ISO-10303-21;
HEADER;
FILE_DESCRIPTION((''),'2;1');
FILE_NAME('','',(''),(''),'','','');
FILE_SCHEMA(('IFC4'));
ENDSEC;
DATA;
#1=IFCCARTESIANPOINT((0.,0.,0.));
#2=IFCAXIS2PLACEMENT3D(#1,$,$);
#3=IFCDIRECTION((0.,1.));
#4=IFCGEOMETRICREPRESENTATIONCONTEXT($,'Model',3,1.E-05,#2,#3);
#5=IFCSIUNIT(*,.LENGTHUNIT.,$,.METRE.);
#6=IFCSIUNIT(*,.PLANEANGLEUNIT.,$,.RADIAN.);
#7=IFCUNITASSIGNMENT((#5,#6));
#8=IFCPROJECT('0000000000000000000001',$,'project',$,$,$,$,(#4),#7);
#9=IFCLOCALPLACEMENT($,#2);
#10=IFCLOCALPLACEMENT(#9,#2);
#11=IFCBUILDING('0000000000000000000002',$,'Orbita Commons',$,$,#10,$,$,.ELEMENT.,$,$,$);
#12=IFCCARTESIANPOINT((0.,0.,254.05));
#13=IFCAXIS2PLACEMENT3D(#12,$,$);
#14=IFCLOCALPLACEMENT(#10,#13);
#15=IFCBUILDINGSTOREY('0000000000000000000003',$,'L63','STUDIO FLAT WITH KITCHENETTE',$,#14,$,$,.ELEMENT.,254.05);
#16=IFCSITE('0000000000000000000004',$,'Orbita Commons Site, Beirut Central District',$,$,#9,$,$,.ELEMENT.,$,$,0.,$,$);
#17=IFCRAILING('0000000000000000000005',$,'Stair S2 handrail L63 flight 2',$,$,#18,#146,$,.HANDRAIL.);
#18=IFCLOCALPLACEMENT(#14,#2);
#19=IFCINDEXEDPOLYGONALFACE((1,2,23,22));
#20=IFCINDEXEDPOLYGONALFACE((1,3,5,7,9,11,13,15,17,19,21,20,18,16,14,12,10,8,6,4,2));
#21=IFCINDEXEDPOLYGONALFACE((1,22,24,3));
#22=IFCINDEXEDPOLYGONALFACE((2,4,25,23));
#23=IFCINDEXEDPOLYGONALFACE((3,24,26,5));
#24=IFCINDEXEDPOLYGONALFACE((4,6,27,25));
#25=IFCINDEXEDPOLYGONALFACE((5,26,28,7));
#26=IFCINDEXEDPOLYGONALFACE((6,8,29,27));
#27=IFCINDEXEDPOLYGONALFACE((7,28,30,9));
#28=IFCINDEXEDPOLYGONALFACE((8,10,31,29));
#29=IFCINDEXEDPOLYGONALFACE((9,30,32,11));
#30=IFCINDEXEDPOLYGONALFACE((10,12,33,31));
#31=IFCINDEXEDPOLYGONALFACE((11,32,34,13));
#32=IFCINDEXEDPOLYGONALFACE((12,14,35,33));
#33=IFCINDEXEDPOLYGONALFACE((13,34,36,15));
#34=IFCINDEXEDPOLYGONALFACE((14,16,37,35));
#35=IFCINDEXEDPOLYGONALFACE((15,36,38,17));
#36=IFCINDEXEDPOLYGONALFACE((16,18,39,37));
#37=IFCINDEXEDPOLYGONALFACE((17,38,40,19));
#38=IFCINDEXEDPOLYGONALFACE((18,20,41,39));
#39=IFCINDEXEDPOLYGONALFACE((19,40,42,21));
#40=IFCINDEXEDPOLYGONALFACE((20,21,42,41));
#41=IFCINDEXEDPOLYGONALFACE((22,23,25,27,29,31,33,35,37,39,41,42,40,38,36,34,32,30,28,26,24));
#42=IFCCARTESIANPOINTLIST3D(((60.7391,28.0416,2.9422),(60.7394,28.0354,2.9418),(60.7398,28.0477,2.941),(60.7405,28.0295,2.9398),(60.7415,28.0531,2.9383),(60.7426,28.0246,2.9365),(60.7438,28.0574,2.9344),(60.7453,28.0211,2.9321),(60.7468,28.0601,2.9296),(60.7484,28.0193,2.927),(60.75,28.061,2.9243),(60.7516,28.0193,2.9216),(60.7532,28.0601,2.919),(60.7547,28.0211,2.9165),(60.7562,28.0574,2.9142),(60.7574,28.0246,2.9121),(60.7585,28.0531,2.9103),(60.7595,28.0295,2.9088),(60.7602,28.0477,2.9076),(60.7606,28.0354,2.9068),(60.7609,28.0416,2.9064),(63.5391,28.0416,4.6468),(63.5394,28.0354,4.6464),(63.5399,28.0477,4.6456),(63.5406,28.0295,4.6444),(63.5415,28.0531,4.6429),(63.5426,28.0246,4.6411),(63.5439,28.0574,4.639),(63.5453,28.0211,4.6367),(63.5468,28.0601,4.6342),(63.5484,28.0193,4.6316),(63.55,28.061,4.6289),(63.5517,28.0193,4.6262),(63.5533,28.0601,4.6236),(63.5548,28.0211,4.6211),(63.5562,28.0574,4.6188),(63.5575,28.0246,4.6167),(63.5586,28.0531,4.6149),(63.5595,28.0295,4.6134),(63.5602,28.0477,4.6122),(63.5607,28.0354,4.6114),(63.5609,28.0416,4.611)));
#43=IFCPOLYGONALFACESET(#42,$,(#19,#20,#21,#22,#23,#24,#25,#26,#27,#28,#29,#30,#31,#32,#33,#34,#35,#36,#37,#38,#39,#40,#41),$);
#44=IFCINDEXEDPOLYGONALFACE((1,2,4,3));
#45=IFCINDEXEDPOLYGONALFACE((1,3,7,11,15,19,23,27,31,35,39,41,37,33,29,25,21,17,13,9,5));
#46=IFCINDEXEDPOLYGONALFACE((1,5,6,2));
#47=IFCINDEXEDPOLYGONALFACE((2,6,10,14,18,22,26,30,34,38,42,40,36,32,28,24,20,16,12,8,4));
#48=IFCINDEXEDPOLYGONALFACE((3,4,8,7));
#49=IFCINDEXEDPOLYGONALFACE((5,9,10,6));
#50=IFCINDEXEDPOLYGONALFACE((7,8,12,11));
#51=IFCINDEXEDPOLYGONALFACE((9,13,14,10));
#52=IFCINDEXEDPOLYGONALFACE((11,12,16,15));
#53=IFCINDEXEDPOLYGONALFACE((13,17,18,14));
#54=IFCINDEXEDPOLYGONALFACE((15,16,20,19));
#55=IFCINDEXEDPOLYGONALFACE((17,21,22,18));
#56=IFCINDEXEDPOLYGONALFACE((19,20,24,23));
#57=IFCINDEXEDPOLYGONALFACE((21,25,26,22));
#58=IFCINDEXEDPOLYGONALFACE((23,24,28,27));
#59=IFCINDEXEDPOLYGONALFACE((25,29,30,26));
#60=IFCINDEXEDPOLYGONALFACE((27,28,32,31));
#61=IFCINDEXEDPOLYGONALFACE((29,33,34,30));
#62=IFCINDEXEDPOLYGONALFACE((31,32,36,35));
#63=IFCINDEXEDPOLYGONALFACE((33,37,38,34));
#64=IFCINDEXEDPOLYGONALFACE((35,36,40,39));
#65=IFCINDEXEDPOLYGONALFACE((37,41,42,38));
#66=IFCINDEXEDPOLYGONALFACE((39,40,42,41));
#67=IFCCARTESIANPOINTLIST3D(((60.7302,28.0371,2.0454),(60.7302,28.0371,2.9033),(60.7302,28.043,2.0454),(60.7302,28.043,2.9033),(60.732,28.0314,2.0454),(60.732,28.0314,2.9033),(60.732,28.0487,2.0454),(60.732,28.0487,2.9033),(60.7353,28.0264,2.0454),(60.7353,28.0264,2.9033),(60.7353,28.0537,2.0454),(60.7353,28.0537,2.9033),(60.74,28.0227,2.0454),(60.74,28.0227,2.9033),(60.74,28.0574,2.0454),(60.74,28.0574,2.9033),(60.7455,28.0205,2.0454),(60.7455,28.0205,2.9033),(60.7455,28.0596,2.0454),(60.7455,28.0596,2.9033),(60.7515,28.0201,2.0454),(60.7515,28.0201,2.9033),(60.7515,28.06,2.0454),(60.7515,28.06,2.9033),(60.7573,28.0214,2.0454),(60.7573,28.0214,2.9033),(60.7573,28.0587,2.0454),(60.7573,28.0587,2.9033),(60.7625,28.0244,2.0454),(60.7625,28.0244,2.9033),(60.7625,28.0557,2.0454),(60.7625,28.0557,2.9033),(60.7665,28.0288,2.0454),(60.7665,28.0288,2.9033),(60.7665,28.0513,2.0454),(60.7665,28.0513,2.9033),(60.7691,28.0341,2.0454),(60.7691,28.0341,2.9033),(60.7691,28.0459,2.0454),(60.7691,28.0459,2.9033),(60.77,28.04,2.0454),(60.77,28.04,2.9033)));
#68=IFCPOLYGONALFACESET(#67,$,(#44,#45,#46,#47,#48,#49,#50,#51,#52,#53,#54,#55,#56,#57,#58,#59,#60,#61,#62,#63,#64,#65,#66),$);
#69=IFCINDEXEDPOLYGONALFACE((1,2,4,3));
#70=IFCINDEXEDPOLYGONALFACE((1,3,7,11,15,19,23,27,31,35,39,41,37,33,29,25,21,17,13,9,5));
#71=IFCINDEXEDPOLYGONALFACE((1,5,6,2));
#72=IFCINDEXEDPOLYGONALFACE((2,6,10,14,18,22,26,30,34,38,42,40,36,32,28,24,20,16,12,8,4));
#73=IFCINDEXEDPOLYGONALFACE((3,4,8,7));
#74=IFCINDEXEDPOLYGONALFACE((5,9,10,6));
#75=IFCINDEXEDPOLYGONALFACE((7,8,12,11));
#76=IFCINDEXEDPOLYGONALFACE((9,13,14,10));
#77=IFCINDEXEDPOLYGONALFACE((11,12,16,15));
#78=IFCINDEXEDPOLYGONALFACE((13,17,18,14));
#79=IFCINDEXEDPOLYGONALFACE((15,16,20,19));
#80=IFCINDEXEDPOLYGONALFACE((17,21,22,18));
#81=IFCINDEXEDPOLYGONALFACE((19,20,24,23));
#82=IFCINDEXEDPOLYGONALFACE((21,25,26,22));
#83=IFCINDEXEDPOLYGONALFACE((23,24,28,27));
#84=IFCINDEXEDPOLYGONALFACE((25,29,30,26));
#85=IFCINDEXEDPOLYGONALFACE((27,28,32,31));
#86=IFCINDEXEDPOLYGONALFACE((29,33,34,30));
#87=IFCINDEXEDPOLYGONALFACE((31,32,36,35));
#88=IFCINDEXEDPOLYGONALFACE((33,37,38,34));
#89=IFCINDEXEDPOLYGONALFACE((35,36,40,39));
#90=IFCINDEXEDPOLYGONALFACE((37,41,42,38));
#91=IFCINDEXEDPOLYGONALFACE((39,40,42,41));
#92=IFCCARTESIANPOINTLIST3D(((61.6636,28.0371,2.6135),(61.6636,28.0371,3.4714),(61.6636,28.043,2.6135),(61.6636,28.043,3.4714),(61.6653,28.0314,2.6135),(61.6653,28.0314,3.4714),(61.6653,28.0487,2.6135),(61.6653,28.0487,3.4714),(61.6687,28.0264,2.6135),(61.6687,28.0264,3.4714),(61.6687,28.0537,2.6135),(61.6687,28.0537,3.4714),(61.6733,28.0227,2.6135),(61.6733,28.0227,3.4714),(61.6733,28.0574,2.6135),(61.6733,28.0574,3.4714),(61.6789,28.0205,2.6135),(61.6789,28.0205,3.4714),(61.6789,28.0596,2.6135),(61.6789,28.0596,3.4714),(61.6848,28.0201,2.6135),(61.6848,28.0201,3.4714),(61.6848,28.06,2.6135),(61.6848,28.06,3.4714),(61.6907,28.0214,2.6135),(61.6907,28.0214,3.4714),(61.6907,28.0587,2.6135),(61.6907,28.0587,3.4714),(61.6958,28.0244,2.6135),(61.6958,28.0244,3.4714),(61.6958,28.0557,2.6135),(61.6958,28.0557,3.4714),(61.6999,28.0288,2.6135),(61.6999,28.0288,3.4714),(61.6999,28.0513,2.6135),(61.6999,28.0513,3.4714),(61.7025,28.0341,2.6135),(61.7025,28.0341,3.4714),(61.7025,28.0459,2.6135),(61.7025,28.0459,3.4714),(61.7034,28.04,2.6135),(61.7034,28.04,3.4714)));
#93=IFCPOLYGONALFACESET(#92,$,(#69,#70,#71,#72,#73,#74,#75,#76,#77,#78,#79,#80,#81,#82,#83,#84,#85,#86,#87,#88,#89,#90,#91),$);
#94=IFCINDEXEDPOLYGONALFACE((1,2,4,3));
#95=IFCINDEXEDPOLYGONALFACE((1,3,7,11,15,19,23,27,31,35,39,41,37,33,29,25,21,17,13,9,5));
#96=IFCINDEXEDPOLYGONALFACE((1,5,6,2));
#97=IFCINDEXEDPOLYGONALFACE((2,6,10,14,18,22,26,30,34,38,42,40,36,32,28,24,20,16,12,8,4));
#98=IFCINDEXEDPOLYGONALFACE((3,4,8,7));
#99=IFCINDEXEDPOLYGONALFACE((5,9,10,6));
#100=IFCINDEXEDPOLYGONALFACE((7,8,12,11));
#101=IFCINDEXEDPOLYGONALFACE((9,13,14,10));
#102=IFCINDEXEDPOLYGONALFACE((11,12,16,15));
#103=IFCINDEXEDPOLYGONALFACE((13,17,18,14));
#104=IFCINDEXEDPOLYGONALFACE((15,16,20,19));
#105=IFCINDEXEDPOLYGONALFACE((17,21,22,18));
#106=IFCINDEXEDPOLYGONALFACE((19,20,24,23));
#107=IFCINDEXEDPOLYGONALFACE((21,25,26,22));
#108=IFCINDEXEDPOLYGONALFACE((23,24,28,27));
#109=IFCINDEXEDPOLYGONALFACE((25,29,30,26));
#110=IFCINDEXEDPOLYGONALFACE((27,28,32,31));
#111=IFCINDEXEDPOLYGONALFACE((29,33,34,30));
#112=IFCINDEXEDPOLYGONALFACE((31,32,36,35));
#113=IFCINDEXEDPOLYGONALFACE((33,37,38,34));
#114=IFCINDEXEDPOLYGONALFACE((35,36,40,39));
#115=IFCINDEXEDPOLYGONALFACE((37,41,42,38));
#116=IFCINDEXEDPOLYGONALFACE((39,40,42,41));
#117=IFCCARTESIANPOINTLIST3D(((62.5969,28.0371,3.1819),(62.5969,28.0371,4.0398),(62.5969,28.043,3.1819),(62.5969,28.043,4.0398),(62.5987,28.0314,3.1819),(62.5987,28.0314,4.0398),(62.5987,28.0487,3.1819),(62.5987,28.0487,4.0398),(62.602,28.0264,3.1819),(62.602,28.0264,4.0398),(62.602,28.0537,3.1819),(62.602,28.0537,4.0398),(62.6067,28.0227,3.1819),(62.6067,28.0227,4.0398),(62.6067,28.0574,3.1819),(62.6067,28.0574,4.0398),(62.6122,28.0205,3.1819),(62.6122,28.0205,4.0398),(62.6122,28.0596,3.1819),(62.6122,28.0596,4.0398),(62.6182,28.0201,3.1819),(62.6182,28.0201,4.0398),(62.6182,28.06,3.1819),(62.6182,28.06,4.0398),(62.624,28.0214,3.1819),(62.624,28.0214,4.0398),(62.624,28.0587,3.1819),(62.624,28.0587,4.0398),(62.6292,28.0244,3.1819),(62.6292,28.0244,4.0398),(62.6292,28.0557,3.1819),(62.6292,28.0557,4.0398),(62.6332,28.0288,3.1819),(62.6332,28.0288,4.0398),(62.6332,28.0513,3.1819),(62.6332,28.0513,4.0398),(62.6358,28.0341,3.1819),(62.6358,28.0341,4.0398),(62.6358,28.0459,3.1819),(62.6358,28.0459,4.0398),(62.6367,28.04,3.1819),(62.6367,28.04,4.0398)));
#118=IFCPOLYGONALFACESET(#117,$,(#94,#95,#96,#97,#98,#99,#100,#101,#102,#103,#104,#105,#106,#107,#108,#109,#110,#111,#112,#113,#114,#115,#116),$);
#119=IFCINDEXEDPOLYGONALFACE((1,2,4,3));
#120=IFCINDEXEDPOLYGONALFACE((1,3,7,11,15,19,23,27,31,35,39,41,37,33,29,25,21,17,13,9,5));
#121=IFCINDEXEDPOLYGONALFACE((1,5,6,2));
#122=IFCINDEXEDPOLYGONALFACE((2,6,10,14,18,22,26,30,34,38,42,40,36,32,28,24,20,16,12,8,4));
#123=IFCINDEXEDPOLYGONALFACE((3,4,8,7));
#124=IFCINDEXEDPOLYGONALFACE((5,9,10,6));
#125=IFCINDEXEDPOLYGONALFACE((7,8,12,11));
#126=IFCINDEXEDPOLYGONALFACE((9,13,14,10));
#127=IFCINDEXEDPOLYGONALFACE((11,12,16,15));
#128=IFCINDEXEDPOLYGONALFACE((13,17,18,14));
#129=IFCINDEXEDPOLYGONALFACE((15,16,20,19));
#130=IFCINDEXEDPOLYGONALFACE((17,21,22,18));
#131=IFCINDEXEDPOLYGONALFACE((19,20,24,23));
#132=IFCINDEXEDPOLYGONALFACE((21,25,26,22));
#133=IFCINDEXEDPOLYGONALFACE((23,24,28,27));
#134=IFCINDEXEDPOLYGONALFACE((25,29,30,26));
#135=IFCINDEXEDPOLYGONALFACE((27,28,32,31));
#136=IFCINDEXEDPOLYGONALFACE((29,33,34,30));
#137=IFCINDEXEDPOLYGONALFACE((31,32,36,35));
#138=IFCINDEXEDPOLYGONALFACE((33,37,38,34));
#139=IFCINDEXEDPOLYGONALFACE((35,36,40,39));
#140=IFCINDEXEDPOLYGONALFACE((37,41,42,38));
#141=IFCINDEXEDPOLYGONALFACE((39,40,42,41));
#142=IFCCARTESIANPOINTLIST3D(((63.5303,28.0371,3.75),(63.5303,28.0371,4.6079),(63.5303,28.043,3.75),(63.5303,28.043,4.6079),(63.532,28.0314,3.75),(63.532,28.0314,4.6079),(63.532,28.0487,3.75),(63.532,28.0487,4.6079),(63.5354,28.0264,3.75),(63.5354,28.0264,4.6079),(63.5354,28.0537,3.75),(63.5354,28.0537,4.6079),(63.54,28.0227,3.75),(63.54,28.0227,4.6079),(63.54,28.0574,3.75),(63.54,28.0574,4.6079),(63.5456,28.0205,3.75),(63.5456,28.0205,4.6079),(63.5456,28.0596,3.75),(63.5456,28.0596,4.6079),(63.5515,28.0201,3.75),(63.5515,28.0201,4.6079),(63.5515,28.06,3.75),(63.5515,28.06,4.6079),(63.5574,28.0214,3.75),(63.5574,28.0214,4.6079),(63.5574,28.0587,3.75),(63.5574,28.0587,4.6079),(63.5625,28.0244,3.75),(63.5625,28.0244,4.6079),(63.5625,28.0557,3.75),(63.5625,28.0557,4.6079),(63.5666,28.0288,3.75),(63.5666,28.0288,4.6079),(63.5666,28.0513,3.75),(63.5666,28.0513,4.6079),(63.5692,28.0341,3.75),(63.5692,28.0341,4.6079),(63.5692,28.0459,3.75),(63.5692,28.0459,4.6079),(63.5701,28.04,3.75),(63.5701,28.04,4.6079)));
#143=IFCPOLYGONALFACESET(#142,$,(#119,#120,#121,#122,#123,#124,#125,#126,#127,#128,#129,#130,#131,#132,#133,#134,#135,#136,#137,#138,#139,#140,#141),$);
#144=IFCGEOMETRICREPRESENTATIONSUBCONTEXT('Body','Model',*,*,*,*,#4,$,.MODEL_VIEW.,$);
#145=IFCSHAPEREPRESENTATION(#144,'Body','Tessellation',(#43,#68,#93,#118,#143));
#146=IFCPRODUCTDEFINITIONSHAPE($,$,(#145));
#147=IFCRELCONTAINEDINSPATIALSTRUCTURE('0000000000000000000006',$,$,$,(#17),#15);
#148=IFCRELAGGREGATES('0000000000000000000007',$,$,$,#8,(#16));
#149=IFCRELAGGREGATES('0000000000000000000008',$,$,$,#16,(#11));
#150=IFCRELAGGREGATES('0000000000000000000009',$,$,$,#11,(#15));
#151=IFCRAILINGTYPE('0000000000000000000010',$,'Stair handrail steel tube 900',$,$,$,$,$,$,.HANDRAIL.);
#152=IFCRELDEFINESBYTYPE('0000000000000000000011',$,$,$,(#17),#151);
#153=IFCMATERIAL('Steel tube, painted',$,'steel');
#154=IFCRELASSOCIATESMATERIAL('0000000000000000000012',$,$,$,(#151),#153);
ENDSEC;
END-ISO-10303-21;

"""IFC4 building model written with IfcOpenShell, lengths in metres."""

from ifc_helpers import new_model, si_unit, direction, frame, origin, origin_2d, place, context, subcontext, project, spatial, circle, extrude, material, type_object, element, save


model = new_model("IFC4")

# Units and contexts
model_context = context("Model", 3, precision=1e-05, world=origin(), true_north=direction((0.0, 1.0)))
body_context = subcontext(model_context, "Body", "Model", "MODEL_VIEW")
ifc_project = project(units=[si_unit("LENGTHUNIT", "METRE"), si_unit("PLANEANGLEUNIT", "RADIAN")], contexts=[model_context])

# Site, building, storey
site_placement = place(None, origin())
site = spatial("IfcSite", under=ifc_project, at=site_placement, Name="Orbita Commons Site, Beirut Central District", CompositionType="ELEMENT", RefElevation=0.0)
building_placement = place(site_placement, origin())
building = spatial("IfcBuilding", under=site, at=building_placement, Name="Orbita Commons", CompositionType="ELEMENT")
storey_placement = place(building_placement, frame((0.0, 0.0, 254.05)))
storey = spatial("IfcBuildingStorey", under=building, at=storey_placement, Name="L63", Description="STUDIO FLAT WITH KITCHENETTE", CompositionType="ELEMENT", Elevation=254.05)

# Railing
ifc_material_1 = material(Name="Steel tube, painted", Category="steel")
railing_type = type_object("IfcRailingType", Name="Stair handrail steel tube 900", PredefinedType="HANDRAIL", material=ifc_material_1)
for number, where, name in (
    (1, (60.75, 28.04, 2.0454), "Stair S2 handrail L63 flight 2"),
):
    element("IfcRailing", number, at=place(storey_placement, frame(where)), inside=storey, type_object=railing_type, Name=name, PredefinedType="HANDRAIL", context=body_context, shape_type="SweptSolid", body=[
        extrude(circle(Radius=0.021, at=origin_2d()), frame((0.0, 0.0, 0.8789), z_axis=(0.85417, 0.0, 0.519994), x_axis=(0.0, 1.0, 0.0)), (0.0, 0.0, 1.0), 3.2781),
        extrude(circle(Radius=0.02, at=origin_2d()), origin(), (0.0, 0.0, 1.0), 0.8579),
        extrude(circle(Radius=0.02, at=origin_2d()), frame((0.9333, 0.0, 0.5681)), (0.0, 0.0, 1.0), 0.8579),
        extrude(circle(Radius=0.02, at=origin_2d()), frame((1.8667, 0.0, 1.1365)), (0.0, 0.0, 1.0), 0.8579),
        extrude(circle(Radius=0.02, at=origin_2d()), frame((2.8, 0.0, 1.7046)), (0.0, 0.0, 1.0), 0.8579),
    ])

save(model, "model.ifc")
